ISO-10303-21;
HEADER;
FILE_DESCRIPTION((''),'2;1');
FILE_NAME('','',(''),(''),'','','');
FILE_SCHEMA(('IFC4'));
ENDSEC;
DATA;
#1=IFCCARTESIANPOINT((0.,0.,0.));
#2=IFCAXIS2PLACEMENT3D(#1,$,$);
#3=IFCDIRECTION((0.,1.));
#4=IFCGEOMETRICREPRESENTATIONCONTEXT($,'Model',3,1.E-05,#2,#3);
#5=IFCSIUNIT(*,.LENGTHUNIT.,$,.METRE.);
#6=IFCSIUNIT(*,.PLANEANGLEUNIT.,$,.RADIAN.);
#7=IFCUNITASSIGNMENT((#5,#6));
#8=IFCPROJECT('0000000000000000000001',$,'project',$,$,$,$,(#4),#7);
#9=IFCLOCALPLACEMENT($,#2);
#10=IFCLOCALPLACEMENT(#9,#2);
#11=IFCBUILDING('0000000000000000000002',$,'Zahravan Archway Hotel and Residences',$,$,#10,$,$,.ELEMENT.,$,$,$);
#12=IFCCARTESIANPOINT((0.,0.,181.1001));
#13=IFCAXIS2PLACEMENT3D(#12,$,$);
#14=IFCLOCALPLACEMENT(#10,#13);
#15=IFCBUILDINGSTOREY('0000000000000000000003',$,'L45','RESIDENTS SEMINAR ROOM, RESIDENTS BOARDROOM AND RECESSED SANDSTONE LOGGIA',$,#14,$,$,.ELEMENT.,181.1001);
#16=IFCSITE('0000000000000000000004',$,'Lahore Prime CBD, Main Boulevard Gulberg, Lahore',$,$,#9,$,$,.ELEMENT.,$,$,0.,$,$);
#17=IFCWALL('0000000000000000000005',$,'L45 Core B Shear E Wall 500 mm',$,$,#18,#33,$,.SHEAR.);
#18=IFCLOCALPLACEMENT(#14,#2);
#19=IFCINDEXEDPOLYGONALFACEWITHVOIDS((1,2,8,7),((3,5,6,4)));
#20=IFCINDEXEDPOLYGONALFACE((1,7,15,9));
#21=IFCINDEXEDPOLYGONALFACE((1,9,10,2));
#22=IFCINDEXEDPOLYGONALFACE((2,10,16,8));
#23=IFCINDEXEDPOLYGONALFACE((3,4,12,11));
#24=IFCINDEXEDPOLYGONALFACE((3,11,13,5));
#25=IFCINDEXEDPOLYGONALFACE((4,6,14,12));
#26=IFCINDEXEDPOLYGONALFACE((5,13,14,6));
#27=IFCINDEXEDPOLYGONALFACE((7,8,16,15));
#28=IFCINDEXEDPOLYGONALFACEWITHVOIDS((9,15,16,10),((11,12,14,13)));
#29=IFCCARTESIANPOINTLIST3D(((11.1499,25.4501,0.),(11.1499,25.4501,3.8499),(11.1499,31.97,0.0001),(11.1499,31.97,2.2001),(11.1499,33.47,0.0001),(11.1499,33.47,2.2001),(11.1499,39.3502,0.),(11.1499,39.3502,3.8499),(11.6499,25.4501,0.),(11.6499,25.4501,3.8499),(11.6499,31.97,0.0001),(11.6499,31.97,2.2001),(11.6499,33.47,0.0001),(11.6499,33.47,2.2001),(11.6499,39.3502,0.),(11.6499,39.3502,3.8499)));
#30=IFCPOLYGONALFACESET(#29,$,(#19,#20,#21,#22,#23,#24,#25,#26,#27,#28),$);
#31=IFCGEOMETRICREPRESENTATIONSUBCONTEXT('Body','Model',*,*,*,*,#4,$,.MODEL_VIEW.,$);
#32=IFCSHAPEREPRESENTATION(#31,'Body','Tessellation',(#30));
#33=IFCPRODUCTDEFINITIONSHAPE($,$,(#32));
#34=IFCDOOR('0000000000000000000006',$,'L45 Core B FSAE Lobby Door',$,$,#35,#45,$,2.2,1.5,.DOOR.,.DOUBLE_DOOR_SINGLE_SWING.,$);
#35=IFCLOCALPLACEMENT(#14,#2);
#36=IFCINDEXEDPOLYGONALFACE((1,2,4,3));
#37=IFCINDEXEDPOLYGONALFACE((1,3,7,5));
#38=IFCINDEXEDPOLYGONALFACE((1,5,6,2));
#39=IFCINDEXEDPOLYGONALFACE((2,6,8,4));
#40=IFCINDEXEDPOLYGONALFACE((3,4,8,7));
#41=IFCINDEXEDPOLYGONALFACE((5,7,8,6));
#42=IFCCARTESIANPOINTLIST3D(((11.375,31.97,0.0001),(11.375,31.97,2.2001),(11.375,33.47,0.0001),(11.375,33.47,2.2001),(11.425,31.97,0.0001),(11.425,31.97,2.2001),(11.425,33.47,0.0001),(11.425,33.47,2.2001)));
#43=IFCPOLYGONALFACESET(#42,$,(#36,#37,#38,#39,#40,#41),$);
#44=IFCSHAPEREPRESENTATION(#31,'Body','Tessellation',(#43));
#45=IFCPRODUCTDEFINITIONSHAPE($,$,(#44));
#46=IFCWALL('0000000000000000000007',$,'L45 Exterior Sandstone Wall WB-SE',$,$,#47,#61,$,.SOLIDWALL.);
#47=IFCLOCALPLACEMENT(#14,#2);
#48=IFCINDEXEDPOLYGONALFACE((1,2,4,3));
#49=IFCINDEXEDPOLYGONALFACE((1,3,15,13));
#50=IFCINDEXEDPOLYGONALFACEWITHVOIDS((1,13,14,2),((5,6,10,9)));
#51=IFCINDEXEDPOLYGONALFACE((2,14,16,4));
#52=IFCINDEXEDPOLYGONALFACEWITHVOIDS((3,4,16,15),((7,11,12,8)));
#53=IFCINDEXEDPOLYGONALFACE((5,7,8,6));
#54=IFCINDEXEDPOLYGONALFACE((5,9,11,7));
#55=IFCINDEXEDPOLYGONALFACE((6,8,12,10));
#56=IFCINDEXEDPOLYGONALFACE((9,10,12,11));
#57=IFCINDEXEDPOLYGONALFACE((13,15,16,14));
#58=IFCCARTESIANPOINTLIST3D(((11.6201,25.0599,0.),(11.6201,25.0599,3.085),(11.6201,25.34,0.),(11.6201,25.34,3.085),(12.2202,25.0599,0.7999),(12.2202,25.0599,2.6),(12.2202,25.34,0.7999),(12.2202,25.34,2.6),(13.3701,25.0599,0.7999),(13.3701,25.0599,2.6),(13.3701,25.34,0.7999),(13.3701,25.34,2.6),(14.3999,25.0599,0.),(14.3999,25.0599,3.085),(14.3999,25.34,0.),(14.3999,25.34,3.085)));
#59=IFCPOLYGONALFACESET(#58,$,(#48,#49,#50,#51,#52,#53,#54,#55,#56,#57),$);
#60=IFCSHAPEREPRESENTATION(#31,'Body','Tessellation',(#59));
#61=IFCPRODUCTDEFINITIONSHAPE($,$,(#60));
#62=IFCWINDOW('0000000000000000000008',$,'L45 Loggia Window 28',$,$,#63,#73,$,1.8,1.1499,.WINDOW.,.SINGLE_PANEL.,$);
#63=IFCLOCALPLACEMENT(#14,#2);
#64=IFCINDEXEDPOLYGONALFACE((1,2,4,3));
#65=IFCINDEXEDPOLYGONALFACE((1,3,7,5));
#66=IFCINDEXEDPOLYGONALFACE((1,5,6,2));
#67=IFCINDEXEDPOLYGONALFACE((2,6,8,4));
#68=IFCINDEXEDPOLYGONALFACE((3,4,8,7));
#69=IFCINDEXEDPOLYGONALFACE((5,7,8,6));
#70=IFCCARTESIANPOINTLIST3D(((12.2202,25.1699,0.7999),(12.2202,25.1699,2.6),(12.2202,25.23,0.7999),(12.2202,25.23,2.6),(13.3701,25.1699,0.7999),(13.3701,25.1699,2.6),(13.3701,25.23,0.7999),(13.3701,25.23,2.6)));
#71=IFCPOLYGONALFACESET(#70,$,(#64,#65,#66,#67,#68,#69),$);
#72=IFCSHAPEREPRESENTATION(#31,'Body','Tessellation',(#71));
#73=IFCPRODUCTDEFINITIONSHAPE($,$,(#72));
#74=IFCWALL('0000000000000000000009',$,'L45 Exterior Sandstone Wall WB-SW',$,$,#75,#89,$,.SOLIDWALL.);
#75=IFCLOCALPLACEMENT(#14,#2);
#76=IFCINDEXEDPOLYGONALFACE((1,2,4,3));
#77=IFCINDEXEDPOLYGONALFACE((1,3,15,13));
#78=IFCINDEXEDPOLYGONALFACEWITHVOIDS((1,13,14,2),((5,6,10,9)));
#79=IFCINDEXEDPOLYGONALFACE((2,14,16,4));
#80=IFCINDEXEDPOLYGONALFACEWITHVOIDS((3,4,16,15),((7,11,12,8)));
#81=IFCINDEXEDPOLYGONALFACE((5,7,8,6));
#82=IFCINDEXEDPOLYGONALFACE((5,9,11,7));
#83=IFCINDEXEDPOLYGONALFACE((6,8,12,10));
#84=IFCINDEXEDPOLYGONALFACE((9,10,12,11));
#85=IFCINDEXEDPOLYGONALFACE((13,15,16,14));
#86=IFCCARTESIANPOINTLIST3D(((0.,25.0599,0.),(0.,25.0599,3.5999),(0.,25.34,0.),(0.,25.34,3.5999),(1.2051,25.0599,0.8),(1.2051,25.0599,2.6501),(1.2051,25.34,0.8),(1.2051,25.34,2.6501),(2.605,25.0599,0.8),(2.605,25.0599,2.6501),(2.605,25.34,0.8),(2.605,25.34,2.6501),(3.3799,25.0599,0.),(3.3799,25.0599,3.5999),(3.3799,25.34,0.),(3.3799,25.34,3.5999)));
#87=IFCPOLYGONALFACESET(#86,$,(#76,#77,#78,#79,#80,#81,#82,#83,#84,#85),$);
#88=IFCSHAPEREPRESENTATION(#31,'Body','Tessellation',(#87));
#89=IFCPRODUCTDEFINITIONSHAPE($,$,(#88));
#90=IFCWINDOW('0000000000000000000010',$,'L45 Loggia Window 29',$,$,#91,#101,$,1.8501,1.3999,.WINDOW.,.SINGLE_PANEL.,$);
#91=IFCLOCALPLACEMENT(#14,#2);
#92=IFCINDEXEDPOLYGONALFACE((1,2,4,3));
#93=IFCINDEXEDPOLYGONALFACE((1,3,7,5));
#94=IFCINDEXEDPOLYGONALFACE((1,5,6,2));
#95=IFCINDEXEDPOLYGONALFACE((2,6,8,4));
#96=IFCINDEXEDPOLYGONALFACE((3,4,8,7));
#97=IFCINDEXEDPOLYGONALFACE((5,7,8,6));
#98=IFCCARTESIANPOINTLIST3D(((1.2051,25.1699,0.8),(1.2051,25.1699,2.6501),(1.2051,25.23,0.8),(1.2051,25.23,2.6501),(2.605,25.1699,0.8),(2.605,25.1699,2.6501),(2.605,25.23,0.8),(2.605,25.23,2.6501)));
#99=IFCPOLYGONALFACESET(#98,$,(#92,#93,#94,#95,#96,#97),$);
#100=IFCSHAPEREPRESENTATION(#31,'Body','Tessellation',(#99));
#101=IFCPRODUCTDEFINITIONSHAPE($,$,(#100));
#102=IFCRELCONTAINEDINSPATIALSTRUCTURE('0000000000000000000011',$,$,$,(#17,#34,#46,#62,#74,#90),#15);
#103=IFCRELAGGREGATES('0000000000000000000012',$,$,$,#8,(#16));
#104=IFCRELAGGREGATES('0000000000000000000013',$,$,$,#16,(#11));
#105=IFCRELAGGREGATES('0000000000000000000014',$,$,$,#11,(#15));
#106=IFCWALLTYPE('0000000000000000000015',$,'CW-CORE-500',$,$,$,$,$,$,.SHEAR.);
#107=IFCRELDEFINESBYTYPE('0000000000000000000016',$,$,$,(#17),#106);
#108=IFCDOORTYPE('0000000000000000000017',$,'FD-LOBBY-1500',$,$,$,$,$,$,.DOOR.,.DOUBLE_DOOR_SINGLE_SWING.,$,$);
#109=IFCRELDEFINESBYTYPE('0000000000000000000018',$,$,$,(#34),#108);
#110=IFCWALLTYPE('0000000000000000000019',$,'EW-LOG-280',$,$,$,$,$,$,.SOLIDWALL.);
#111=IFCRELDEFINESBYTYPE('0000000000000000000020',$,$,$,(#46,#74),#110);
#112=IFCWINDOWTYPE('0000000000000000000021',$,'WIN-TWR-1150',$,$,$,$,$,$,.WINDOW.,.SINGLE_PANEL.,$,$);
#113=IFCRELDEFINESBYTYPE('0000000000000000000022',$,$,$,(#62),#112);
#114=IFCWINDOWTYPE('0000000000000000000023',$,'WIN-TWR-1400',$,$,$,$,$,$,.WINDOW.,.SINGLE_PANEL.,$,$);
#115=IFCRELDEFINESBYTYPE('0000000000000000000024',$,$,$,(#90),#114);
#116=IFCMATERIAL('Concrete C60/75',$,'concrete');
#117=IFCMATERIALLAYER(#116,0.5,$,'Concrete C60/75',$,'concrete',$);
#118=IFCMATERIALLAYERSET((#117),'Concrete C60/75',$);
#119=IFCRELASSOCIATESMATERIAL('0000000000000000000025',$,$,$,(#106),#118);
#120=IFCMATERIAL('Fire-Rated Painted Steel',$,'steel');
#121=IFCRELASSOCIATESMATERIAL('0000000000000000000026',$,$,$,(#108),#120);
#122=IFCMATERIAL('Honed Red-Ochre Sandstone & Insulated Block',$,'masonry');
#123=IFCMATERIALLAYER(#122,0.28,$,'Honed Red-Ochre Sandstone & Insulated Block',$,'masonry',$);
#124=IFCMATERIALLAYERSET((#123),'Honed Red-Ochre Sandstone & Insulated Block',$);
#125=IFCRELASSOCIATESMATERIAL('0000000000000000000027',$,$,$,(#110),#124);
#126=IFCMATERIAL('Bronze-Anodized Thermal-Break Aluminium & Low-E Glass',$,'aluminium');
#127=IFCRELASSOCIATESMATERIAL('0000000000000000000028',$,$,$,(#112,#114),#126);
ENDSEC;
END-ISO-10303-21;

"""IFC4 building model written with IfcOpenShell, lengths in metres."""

from ifc_helpers import new_model, si_unit, direction, frame, frame_2d, origin, place, context, subcontext, project, spatial, rectangle, extrude, source, transform, mapped, material, layer, layer_set, type_object, type_shapes, element, fill, save


model = new_model("IFC4")

# Units and contexts
model_context = context("Model", 3, precision=1e-05, world=origin(), true_north=direction((0.0, 1.0)))
body_context = subcontext(model_context, "Body", "Model", "MODEL_VIEW")
ifc_project = project(units=[si_unit("LENGTHUNIT", "METRE"), si_unit("PLANEANGLEUNIT", "RADIAN")], contexts=[model_context])

# Site, building, storey
site_placement = place(None, origin())
site = spatial("IfcSite", under=ifc_project, at=site_placement, Name="Lahore Prime CBD, Main Boulevard Gulberg, Lahore", CompositionType="ELEMENT", RefElevation=0.0)
building_placement = place(site_placement, origin())
building = spatial("IfcBuilding", under=site, at=building_placement, Name="Zahravan Archway Hotel and Residences", CompositionType="ELEMENT")
storey_placement = place(building_placement, frame((0.0, 0.0, 181.1001)))
storey = spatial("IfcBuildingStorey", under=building, at=storey_placement, Name="L45", Description="RESIDENTS SEMINAR ROOM, RESIDENTS BOARDROOM AND RECESSED SANDSTONE LOGGIA", CompositionType="ELEMENT", Elevation=181.1001)

# Shared definitions
ifc_material_1 = material(Name="Concrete C60/75", Category="concrete")

# Shared definitions
ifc_layer_1 = layer(ifc_material_1, 0.5, Name="Concrete C60/75", Category="concrete")
ifc_layer_set_1 = layer_set([ifc_layer_1], Name="Concrete C60/75")
wall_type_1 = type_object("IfcWallType", Name="CW-CORE-500", PredefinedType="SHEAR", material=ifc_layer_set_1)

# Wall, opening, door
wall_1_placement = place(storey_placement, frame((11.3999, 25.45, 0.0), z_axis=(0.0, 0.0, 1.0), x_axis=(0.0, 1.0, 0.0)))
wall_1 = element("IfcWall", 1, at=wall_1_placement, inside=storey, type_object=wall_type_1, Name="L45 Core B Shear E Wall 500 mm", PredefinedType="SHEAR", context=body_context, shape_type="SweptSolid", body=[
    extrude(rectangle(XDim=13.9001, YDim=0.5, at=frame_2d((6.9502, 0.0))), origin(), (0.0, 0.0, 1.0), 3.8499),
])
opening_1_placement = place(wall_1_placement, frame((6.52, 0.0, 0.0)))
opening_1 = element("IfcOpeningElement", 2, at=opening_1_placement, cuts=wall_1, PredefinedType="OPENING", context=body_context, shape_type="SweptSolid", body=[
    extrude(rectangle(XDim=1.5, YDim=2.2, at=frame_2d((0.75, 1.1001))), frame((0.0, 0.26, 0.0), z_axis=(0.0, -1.0, 0.0), x_axis=(1.0, 0.0, 0.0)), (0.0, 0.0, 1.0), 0.52),
])
ifc_material_2 = material(Name="Fire-Rated Painted Steel", Category="steel")
door_type_1 = type_object("IfcDoorType", Name="FD-LOBBY-1500", OperationType="DOUBLE_DOOR_SINGLE_SWING", PredefinedType="DOOR", material=ifc_material_2)
shared_shape_1 = source(origin(), body_context, "Body", "SweptSolid", [
    extrude(rectangle(XDim=1.5, YDim=2.2, at=frame_2d((0.75, 1.1001))), frame((0.0, 0.0249, 0.0), z_axis=(0.0, -1.0, 0.0), x_axis=(1.0, 0.0, 0.0)), (0.0, 0.0, 1.0), 0.05),
])
type_shapes(door_type_1, [shared_shape_1])
door_1_placement = place(opening_1_placement, origin())
door_1 = element("IfcDoor", 3, at=door_1_placement, inside=storey, type_object=door_type_1, Name="L45 Core B FSAE Lobby Door", OperationType="DOUBLE_DOOR_SINGLE_SWING", OverallHeight=2.2, OverallWidth=1.5, PredefinedType="DOOR", context=body_context, shape_type="MappedRepresentation", body=[
    mapped(shared_shape_1, transform((0.0, 0.0, 0.0), scale=1.0)),
])
fill(opening_1, door_1)

# Walls, openings, windows
ifc_material_3 = material(Name="Honed Red-Ochre Sandstone & Insulated Block", Category="masonry")
ifc_layer_2 = layer(ifc_material_3, 0.28, Name="Honed Red-Ochre Sandstone & Insulated Block", Category="masonry")
ifc_layer_set_2 = layer_set([ifc_layer_2], Name="Honed Red-Ochre Sandstone & Insulated Block")
wall_type_2 = type_object("IfcWallType", Name="EW-LOG-280", PredefinedType="SOLIDWALL", material=ifc_layer_set_2)
wall_2_placement = place(storey_placement, frame((11.6201, 25.2, 0.0), z_axis=(0.0, 0.0, 1.0), x_axis=(1.0, 0.0, 0.0)))
wall_2 = element("IfcWall", 4, at=wall_2_placement, inside=storey, type_object=wall_type_2, Name="L45 Exterior Sandstone Wall WB-SE", PredefinedType="SOLIDWALL", context=body_context, shape_type="SweptSolid", body=[
    extrude(rectangle(XDim=2.7798, YDim=0.28, at=frame_2d((1.3899, 0.0))), origin(), (0.0, 0.0, 1.0), 3.085),
])
opening_2_placement = place(wall_2_placement, frame((0.6001, 0.0, 0.8)))
opening_2 = element("IfcOpeningElement", 5, at=opening_2_placement, cuts=wall_2, PredefinedType="OPENING", context=body_context, shape_type="SweptSolid", body=[
    extrude(rectangle(XDim=1.1499, YDim=1.8, at=frame_2d((0.575, 0.8999))), frame((0.0, 0.1499, 0.0), z_axis=(0.0, -1.0, 0.0), x_axis=(1.0, 0.0, 0.0)), (0.0, 0.0, 1.0), 0.3),
])
ifc_material_4 = material(Name="Bronze-Anodized Thermal-Break Aluminium & Low-E Glass", Category="aluminium")
window_type_1 = type_object("IfcWindowType", Name="WIN-TWR-1150", PartitioningType="SINGLE_PANEL", PredefinedType="WINDOW", material=ifc_material_4)
shared_shape_2 = source(origin(), body_context, "Body", "SweptSolid", [
    extrude(rectangle(XDim=1.1499, YDim=1.8, at=frame_2d((0.575, 0.8999))), frame((0.0, 0.03, 0.0), z_axis=(0.0, -1.0, 0.0), x_axis=(1.0, 0.0, 0.0)), (0.0, 0.0, 1.0), 0.0601),
])
type_shapes(window_type_1, [shared_shape_2])
window_1_placement = place(opening_2_placement, origin())
window_1 = element("IfcWindow", 6, at=window_1_placement, inside=storey, type_object=window_type_1, Name="L45 Loggia Window 28", OverallHeight=1.8, OverallWidth=1.1499, PartitioningType="SINGLE_PANEL", PredefinedType="WINDOW", context=body_context, shape_type="MappedRepresentation", body=[
    mapped(shared_shape_2, transform((0.0, 0.0, 0.0), scale=1.0)),
])
fill(opening_2, window_1)
wall_3_placement = place(storey_placement, frame((0.0, 25.2, 0.0), z_axis=(0.0, 0.0, 1.0), x_axis=(1.0, 0.0, 0.0)))
wall_3 = element("IfcWall", 7, at=wall_3_placement, inside=storey, type_object=wall_type_2, Name="L45 Exterior Sandstone Wall WB-SW", PredefinedType="SOLIDWALL", context=body_context, shape_type="SweptSolid", body=[
    extrude(rectangle(XDim=3.3799, YDim=0.28, at=frame_2d((1.6899, 0.0))), origin(), (0.0, 0.0, 1.0), 3.5999),
])
opening_3_placement = place(wall_3_placement, frame((1.2051, 0.0, 0.8)))
opening_3 = element("IfcOpeningElement", 8, at=opening_3_placement, cuts=wall_3, PredefinedType="OPENING", context=body_context, shape_type="SweptSolid", body=[
    extrude(rectangle(XDim=1.3999, YDim=1.8501, at=frame_2d((0.7, 0.925))), frame((0.0, 0.1499, 0.0), z_axis=(0.0, -1.0, 0.0), x_axis=(1.0, 0.0, 0.0)), (0.0, 0.0, 1.0), 0.3),
])
window_type_2 = type_object("IfcWindowType", Name="WIN-TWR-1400", PartitioningType="SINGLE_PANEL", PredefinedType="WINDOW", material=ifc_material_4)
shared_shape_3 = source(origin(), body_context, "Body", "SweptSolid", [
    extrude(rectangle(XDim=1.3999, YDim=1.8501, at=frame_2d((0.7, 0.925))), frame((0.0, 0.03, 0.0), z_axis=(0.0, -1.0, 0.0), x_axis=(1.0, 0.0, 0.0)), (0.0, 0.0, 1.0), 0.0601),
])
type_shapes(window_type_2, [shared_shape_3])
window_2_placement = place(opening_3_placement, origin())
window_2 = element("IfcWindow", 9, at=window_2_placement, inside=storey, type_object=window_type_2, Name="L45 Loggia Window 29", OverallHeight=1.8501, OverallWidth=1.3999, PartitioningType="SINGLE_PANEL", PredefinedType="WINDOW", context=body_context, shape_type="MappedRepresentation", body=[
    mapped(shared_shape_3, transform((0.0, 0.0, 0.0), scale=1.0)),
])
fill(opening_3, window_2)

save(model, "model.ifc")
